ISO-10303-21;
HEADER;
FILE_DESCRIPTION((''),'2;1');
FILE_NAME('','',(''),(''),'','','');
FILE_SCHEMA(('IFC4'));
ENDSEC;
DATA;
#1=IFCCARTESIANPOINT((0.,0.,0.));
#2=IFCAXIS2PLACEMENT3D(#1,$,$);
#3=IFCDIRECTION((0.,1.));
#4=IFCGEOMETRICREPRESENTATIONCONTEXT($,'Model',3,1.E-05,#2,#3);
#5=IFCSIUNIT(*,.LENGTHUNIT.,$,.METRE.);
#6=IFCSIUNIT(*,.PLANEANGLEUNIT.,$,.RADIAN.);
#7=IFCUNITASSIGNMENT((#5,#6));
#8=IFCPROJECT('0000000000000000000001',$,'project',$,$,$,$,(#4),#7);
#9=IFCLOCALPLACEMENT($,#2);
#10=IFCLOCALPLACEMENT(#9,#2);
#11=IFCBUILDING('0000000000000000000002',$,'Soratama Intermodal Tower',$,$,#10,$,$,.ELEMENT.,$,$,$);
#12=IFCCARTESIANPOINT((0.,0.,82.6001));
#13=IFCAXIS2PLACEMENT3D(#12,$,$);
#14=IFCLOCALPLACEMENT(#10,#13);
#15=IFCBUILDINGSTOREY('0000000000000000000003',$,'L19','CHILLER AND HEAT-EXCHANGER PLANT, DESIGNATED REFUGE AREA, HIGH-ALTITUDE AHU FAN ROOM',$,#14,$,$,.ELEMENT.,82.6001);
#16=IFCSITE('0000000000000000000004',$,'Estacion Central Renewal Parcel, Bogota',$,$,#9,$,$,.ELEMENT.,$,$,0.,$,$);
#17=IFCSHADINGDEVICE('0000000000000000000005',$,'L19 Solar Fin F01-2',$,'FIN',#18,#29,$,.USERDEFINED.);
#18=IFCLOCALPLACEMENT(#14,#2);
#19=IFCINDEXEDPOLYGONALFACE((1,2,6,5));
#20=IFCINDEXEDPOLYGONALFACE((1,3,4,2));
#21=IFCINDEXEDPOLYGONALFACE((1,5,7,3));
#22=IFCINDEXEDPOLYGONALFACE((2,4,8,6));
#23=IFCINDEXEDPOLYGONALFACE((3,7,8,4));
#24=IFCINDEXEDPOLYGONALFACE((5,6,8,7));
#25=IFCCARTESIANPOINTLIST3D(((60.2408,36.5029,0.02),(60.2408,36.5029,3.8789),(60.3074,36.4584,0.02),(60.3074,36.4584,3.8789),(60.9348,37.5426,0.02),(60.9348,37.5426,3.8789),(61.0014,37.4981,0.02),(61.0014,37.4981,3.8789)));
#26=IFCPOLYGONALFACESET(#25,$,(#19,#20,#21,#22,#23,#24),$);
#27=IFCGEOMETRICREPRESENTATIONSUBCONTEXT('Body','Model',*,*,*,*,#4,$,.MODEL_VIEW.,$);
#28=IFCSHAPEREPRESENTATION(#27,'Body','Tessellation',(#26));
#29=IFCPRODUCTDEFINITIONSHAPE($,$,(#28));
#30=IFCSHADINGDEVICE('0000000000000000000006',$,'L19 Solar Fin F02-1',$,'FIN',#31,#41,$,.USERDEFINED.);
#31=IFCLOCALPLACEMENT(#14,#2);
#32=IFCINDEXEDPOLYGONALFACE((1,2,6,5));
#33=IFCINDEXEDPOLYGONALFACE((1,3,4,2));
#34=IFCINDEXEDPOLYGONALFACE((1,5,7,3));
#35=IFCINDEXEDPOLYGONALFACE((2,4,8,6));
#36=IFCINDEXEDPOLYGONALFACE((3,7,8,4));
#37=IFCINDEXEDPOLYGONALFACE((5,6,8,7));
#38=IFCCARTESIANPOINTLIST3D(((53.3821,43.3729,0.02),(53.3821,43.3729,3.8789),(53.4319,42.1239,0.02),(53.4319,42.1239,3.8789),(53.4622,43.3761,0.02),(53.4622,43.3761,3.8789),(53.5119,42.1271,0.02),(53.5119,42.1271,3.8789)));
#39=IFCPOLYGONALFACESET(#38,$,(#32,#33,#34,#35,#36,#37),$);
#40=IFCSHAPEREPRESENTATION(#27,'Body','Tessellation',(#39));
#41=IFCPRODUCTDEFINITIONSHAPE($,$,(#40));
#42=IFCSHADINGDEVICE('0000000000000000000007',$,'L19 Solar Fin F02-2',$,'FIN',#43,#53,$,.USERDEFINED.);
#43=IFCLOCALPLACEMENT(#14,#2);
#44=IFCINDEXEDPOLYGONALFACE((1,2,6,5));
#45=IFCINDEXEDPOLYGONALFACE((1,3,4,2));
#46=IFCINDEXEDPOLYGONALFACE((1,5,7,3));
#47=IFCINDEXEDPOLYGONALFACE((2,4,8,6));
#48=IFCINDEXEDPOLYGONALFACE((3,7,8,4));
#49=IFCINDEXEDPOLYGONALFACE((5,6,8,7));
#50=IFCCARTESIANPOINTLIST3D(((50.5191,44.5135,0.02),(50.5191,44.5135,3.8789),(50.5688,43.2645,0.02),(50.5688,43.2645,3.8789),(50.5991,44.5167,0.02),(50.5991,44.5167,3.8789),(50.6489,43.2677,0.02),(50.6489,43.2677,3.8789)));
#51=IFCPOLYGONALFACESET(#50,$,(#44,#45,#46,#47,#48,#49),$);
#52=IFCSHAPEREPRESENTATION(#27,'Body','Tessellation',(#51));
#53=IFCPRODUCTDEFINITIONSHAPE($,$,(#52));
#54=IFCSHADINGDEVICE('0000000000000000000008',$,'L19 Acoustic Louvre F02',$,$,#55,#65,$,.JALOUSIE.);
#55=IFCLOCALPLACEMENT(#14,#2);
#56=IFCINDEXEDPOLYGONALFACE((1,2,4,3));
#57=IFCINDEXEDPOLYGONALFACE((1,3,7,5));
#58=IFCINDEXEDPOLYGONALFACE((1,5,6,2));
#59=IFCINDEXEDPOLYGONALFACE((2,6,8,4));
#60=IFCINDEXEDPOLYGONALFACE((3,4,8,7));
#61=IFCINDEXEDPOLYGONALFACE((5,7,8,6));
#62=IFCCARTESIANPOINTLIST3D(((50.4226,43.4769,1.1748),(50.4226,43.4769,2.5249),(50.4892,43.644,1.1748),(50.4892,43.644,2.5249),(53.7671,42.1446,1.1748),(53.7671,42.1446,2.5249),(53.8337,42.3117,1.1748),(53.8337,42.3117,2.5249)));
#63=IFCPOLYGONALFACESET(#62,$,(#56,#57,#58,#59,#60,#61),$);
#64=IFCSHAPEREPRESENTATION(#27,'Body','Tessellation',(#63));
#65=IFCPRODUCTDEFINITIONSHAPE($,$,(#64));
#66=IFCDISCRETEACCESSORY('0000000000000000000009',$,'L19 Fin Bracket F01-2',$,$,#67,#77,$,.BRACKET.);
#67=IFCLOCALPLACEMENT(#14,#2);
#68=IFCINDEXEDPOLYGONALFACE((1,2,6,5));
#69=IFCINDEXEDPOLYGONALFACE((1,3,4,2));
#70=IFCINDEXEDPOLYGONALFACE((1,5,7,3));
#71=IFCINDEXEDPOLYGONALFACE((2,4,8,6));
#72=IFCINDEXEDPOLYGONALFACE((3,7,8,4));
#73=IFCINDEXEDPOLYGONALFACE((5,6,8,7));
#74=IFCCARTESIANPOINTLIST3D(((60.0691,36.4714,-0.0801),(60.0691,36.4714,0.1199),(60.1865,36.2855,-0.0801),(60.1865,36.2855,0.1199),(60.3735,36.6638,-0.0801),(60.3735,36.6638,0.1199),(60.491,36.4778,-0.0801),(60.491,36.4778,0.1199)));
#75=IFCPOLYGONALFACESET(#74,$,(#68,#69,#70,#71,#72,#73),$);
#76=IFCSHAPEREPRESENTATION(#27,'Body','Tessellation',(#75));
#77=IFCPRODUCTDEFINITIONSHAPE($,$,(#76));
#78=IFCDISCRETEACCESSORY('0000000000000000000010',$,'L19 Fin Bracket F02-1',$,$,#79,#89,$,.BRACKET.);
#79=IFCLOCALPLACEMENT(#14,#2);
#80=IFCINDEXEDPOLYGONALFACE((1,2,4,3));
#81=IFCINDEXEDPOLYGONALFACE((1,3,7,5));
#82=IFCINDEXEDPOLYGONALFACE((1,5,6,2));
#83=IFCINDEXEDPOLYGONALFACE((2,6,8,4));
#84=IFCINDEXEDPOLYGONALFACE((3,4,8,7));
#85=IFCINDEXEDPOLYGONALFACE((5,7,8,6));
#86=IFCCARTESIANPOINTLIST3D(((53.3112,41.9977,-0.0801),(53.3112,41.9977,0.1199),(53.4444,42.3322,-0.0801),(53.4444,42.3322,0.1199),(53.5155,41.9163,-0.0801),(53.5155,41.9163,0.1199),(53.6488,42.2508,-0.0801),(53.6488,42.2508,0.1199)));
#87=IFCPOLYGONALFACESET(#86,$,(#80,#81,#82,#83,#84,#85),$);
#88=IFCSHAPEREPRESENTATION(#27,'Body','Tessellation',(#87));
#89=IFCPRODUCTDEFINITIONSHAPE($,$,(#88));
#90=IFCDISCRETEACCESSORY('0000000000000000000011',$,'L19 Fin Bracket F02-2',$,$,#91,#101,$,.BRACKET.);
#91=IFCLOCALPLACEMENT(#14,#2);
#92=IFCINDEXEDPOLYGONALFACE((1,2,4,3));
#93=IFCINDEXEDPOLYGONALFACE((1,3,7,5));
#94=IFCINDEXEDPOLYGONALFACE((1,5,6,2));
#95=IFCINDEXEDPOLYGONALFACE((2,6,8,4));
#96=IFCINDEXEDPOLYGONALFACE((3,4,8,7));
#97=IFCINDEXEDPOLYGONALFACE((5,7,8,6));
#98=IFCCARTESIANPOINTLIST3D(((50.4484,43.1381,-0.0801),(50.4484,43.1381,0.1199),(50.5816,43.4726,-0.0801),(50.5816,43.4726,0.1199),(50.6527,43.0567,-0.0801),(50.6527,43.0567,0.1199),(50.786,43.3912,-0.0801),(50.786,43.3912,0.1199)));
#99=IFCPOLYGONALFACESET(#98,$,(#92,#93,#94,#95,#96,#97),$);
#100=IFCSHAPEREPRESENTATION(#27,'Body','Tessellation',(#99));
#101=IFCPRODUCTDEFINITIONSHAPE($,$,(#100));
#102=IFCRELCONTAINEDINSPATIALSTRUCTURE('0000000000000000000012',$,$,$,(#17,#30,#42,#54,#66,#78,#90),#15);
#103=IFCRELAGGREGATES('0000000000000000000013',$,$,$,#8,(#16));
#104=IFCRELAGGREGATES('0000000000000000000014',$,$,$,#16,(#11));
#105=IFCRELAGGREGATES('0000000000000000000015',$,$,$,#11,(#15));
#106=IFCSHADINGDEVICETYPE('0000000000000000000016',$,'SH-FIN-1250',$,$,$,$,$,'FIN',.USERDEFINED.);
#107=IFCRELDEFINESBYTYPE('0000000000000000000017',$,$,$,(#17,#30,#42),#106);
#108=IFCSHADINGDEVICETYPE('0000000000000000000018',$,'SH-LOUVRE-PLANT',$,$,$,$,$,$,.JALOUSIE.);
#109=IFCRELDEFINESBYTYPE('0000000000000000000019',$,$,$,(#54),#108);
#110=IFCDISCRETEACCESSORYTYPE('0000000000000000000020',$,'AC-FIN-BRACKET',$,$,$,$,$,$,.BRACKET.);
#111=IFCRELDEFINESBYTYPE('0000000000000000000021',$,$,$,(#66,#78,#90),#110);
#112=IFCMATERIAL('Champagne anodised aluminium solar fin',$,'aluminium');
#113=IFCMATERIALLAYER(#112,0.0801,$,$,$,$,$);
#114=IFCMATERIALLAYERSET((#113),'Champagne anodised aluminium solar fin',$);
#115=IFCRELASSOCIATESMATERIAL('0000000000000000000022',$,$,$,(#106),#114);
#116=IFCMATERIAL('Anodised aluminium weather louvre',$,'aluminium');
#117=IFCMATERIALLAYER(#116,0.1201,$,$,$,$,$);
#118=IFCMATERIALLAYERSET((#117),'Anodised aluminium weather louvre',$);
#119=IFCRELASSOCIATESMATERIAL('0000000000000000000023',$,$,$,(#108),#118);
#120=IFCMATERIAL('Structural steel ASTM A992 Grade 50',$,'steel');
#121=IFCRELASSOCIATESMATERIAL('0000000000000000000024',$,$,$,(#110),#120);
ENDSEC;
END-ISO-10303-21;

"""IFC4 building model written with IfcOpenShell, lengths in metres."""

from ifc_helpers import new_model, si_unit, direction, frame, origin, origin_2d, place, context, subcontext, project, spatial, rectangle, extrude, material, layer, layer_set, type_object, element, save


model = new_model("IFC4")

# Units and contexts
model_context = context("Model", 3, precision=1e-05, world=origin(), true_north=direction((0.0, 1.0)))
body_context = subcontext(model_context, "Body", "Model", "MODEL_VIEW")
ifc_project = project(units=[si_unit("LENGTHUNIT", "METRE"), si_unit("PLANEANGLEUNIT", "RADIAN")], contexts=[model_context])

# Site, building, storey
site_placement = place(None, origin())
site = spatial("IfcSite", under=ifc_project, at=site_placement, Name="Estacion Central Renewal Parcel, Bogota", CompositionType="ELEMENT", RefElevation=0.0)
building_placement = place(site_placement, origin())
building = spatial("IfcBuilding", under=site, at=building_placement, Name="Soratama Intermodal Tower", CompositionType="ELEMENT")
storey_placement = place(building_placement, frame((0.0, 0.0, 82.6001)))
storey = spatial("IfcBuildingStorey", under=building, at=storey_placement, Name="L19", Description="CHILLER AND HEAT-EXCHANGER PLANT, DESIGNATED REFUGE AREA, HIGH-ALTITUDE AHU FAN ROOM", CompositionType="ELEMENT", Elevation=82.6001)

# Shading devices
ifc_material_1 = material(Name="Champagne anodised aluminium solar fin", Category="aluminium")
ifc_layer_1 = layer(ifc_material_1, 0.0801)
ifc_layer_set_1 = layer_set([ifc_layer_1], Name="Champagne anodised aluminium solar fin")
shading_device_type_1 = type_object("IfcShadingDeviceType", Name="SH-FIN-1250", ElementType="FIN", PredefinedType="USERDEFINED", material=ifc_layer_set_1)
for number, where, z_axis, x_axis, name in (
    (1, (60.6211, 37.0005, 0.02), (0.0, 0.0, 1.0), (0.555135, 0.83176, 0.0), "L19 Solar Fin F01-2"),
    (2, (53.447, 42.75, 0.02), (0.0, 0.0, 1.0), (-0.039783, 0.999208, 0.0), "L19 Solar Fin F02-1"),
    (3, (50.584, 43.8906, 0.02), (0.0, 0.0, 1.0), (-0.039783, 0.999208, 0.0), "L19 Solar Fin F02-2"),
):
    element("IfcShadingDevice", number, at=place(storey_placement, frame(where, z_axis=z_axis, x_axis=x_axis)), inside=storey, type_object=shading_device_type_1, Name=name, ObjectType="FIN", PredefinedType="USERDEFINED", context=body_context, shape_type="SweptSolid", body=[
        extrude(rectangle(XDim=1.25, YDim=0.0801, at=origin_2d()), origin(), (0.0, 0.0, 1.0), 3.8589),
    ])
ifc_material_2 = material(Name="Anodised aluminium weather louvre", Category="aluminium")
ifc_layer_2 = layer(ifc_material_2, 0.1201)
ifc_layer_set_2 = layer_set([ifc_layer_2], Name="Anodised aluminium weather louvre")
shading_device_type_2 = type_object("IfcShadingDeviceType", Name="SH-LOUVRE-PLANT", PredefinedType="JALOUSIE", material=ifc_layer_set_2)
shading_device_placement = place(storey_placement, frame((52.1282, 42.8943, 1.1748), z_axis=(0.0, 0.0, 1.0), x_axis=(-0.929003, 0.370071, 0.0)))
element("IfcShadingDevice", 4, at=shading_device_placement, inside=storey, type_object=shading_device_type_2, Name="L19 Acoustic Louvre F02", PredefinedType="JALOUSIE", context=body_context, shape_type="SweptSolid", body=[
    extrude(rectangle(XDim=3.6001, YDim=0.1799, at=origin_2d()), origin(), (0.0, 0.0, 1.0), 1.3501),
])

# Discrete accessories
ifc_material_3 = material(Name="Structural steel ASTM A992 Grade 50", Category="steel")
discrete_accessory_type = type_object("IfcDiscreteAccessoryType", Name="AC-FIN-BRACKET", PredefinedType="BRACKET", material=ifc_material_3)
for number, where, z_axis, x_axis, name in (
    (5, (60.28, 36.4746, -0.0801), (0.0, 0.0, 1.0), (0.845448, 0.534057, 0.0), "L19 Fin Bracket F01-2"),
    (6, (53.48, 42.1243, -0.0801), (0.0, 0.0, 1.0), (0.370071, 0.929003, 0.0), "L19 Fin Bracket F02-1"),
    (7, (50.6172, 43.2646, -0.0801), (0.0, 0.0, 1.0), (0.370071, 0.929003, 0.0), "L19 Fin Bracket F02-2"),
):
    element("IfcDiscreteAccessory", number, at=place(storey_placement, frame(where, z_axis=z_axis, x_axis=x_axis)), inside=storey, type_object=discrete_accessory_type, Name=name, PredefinedType="BRACKET", context=body_context, shape_type="SweptSolid", body=[
        extrude(rectangle(XDim=0.3601, YDim=0.22, at=origin_2d()), origin(), (0.0, 0.0, 1.0), 0.2),
    ])

save(model, "model.ifc")
